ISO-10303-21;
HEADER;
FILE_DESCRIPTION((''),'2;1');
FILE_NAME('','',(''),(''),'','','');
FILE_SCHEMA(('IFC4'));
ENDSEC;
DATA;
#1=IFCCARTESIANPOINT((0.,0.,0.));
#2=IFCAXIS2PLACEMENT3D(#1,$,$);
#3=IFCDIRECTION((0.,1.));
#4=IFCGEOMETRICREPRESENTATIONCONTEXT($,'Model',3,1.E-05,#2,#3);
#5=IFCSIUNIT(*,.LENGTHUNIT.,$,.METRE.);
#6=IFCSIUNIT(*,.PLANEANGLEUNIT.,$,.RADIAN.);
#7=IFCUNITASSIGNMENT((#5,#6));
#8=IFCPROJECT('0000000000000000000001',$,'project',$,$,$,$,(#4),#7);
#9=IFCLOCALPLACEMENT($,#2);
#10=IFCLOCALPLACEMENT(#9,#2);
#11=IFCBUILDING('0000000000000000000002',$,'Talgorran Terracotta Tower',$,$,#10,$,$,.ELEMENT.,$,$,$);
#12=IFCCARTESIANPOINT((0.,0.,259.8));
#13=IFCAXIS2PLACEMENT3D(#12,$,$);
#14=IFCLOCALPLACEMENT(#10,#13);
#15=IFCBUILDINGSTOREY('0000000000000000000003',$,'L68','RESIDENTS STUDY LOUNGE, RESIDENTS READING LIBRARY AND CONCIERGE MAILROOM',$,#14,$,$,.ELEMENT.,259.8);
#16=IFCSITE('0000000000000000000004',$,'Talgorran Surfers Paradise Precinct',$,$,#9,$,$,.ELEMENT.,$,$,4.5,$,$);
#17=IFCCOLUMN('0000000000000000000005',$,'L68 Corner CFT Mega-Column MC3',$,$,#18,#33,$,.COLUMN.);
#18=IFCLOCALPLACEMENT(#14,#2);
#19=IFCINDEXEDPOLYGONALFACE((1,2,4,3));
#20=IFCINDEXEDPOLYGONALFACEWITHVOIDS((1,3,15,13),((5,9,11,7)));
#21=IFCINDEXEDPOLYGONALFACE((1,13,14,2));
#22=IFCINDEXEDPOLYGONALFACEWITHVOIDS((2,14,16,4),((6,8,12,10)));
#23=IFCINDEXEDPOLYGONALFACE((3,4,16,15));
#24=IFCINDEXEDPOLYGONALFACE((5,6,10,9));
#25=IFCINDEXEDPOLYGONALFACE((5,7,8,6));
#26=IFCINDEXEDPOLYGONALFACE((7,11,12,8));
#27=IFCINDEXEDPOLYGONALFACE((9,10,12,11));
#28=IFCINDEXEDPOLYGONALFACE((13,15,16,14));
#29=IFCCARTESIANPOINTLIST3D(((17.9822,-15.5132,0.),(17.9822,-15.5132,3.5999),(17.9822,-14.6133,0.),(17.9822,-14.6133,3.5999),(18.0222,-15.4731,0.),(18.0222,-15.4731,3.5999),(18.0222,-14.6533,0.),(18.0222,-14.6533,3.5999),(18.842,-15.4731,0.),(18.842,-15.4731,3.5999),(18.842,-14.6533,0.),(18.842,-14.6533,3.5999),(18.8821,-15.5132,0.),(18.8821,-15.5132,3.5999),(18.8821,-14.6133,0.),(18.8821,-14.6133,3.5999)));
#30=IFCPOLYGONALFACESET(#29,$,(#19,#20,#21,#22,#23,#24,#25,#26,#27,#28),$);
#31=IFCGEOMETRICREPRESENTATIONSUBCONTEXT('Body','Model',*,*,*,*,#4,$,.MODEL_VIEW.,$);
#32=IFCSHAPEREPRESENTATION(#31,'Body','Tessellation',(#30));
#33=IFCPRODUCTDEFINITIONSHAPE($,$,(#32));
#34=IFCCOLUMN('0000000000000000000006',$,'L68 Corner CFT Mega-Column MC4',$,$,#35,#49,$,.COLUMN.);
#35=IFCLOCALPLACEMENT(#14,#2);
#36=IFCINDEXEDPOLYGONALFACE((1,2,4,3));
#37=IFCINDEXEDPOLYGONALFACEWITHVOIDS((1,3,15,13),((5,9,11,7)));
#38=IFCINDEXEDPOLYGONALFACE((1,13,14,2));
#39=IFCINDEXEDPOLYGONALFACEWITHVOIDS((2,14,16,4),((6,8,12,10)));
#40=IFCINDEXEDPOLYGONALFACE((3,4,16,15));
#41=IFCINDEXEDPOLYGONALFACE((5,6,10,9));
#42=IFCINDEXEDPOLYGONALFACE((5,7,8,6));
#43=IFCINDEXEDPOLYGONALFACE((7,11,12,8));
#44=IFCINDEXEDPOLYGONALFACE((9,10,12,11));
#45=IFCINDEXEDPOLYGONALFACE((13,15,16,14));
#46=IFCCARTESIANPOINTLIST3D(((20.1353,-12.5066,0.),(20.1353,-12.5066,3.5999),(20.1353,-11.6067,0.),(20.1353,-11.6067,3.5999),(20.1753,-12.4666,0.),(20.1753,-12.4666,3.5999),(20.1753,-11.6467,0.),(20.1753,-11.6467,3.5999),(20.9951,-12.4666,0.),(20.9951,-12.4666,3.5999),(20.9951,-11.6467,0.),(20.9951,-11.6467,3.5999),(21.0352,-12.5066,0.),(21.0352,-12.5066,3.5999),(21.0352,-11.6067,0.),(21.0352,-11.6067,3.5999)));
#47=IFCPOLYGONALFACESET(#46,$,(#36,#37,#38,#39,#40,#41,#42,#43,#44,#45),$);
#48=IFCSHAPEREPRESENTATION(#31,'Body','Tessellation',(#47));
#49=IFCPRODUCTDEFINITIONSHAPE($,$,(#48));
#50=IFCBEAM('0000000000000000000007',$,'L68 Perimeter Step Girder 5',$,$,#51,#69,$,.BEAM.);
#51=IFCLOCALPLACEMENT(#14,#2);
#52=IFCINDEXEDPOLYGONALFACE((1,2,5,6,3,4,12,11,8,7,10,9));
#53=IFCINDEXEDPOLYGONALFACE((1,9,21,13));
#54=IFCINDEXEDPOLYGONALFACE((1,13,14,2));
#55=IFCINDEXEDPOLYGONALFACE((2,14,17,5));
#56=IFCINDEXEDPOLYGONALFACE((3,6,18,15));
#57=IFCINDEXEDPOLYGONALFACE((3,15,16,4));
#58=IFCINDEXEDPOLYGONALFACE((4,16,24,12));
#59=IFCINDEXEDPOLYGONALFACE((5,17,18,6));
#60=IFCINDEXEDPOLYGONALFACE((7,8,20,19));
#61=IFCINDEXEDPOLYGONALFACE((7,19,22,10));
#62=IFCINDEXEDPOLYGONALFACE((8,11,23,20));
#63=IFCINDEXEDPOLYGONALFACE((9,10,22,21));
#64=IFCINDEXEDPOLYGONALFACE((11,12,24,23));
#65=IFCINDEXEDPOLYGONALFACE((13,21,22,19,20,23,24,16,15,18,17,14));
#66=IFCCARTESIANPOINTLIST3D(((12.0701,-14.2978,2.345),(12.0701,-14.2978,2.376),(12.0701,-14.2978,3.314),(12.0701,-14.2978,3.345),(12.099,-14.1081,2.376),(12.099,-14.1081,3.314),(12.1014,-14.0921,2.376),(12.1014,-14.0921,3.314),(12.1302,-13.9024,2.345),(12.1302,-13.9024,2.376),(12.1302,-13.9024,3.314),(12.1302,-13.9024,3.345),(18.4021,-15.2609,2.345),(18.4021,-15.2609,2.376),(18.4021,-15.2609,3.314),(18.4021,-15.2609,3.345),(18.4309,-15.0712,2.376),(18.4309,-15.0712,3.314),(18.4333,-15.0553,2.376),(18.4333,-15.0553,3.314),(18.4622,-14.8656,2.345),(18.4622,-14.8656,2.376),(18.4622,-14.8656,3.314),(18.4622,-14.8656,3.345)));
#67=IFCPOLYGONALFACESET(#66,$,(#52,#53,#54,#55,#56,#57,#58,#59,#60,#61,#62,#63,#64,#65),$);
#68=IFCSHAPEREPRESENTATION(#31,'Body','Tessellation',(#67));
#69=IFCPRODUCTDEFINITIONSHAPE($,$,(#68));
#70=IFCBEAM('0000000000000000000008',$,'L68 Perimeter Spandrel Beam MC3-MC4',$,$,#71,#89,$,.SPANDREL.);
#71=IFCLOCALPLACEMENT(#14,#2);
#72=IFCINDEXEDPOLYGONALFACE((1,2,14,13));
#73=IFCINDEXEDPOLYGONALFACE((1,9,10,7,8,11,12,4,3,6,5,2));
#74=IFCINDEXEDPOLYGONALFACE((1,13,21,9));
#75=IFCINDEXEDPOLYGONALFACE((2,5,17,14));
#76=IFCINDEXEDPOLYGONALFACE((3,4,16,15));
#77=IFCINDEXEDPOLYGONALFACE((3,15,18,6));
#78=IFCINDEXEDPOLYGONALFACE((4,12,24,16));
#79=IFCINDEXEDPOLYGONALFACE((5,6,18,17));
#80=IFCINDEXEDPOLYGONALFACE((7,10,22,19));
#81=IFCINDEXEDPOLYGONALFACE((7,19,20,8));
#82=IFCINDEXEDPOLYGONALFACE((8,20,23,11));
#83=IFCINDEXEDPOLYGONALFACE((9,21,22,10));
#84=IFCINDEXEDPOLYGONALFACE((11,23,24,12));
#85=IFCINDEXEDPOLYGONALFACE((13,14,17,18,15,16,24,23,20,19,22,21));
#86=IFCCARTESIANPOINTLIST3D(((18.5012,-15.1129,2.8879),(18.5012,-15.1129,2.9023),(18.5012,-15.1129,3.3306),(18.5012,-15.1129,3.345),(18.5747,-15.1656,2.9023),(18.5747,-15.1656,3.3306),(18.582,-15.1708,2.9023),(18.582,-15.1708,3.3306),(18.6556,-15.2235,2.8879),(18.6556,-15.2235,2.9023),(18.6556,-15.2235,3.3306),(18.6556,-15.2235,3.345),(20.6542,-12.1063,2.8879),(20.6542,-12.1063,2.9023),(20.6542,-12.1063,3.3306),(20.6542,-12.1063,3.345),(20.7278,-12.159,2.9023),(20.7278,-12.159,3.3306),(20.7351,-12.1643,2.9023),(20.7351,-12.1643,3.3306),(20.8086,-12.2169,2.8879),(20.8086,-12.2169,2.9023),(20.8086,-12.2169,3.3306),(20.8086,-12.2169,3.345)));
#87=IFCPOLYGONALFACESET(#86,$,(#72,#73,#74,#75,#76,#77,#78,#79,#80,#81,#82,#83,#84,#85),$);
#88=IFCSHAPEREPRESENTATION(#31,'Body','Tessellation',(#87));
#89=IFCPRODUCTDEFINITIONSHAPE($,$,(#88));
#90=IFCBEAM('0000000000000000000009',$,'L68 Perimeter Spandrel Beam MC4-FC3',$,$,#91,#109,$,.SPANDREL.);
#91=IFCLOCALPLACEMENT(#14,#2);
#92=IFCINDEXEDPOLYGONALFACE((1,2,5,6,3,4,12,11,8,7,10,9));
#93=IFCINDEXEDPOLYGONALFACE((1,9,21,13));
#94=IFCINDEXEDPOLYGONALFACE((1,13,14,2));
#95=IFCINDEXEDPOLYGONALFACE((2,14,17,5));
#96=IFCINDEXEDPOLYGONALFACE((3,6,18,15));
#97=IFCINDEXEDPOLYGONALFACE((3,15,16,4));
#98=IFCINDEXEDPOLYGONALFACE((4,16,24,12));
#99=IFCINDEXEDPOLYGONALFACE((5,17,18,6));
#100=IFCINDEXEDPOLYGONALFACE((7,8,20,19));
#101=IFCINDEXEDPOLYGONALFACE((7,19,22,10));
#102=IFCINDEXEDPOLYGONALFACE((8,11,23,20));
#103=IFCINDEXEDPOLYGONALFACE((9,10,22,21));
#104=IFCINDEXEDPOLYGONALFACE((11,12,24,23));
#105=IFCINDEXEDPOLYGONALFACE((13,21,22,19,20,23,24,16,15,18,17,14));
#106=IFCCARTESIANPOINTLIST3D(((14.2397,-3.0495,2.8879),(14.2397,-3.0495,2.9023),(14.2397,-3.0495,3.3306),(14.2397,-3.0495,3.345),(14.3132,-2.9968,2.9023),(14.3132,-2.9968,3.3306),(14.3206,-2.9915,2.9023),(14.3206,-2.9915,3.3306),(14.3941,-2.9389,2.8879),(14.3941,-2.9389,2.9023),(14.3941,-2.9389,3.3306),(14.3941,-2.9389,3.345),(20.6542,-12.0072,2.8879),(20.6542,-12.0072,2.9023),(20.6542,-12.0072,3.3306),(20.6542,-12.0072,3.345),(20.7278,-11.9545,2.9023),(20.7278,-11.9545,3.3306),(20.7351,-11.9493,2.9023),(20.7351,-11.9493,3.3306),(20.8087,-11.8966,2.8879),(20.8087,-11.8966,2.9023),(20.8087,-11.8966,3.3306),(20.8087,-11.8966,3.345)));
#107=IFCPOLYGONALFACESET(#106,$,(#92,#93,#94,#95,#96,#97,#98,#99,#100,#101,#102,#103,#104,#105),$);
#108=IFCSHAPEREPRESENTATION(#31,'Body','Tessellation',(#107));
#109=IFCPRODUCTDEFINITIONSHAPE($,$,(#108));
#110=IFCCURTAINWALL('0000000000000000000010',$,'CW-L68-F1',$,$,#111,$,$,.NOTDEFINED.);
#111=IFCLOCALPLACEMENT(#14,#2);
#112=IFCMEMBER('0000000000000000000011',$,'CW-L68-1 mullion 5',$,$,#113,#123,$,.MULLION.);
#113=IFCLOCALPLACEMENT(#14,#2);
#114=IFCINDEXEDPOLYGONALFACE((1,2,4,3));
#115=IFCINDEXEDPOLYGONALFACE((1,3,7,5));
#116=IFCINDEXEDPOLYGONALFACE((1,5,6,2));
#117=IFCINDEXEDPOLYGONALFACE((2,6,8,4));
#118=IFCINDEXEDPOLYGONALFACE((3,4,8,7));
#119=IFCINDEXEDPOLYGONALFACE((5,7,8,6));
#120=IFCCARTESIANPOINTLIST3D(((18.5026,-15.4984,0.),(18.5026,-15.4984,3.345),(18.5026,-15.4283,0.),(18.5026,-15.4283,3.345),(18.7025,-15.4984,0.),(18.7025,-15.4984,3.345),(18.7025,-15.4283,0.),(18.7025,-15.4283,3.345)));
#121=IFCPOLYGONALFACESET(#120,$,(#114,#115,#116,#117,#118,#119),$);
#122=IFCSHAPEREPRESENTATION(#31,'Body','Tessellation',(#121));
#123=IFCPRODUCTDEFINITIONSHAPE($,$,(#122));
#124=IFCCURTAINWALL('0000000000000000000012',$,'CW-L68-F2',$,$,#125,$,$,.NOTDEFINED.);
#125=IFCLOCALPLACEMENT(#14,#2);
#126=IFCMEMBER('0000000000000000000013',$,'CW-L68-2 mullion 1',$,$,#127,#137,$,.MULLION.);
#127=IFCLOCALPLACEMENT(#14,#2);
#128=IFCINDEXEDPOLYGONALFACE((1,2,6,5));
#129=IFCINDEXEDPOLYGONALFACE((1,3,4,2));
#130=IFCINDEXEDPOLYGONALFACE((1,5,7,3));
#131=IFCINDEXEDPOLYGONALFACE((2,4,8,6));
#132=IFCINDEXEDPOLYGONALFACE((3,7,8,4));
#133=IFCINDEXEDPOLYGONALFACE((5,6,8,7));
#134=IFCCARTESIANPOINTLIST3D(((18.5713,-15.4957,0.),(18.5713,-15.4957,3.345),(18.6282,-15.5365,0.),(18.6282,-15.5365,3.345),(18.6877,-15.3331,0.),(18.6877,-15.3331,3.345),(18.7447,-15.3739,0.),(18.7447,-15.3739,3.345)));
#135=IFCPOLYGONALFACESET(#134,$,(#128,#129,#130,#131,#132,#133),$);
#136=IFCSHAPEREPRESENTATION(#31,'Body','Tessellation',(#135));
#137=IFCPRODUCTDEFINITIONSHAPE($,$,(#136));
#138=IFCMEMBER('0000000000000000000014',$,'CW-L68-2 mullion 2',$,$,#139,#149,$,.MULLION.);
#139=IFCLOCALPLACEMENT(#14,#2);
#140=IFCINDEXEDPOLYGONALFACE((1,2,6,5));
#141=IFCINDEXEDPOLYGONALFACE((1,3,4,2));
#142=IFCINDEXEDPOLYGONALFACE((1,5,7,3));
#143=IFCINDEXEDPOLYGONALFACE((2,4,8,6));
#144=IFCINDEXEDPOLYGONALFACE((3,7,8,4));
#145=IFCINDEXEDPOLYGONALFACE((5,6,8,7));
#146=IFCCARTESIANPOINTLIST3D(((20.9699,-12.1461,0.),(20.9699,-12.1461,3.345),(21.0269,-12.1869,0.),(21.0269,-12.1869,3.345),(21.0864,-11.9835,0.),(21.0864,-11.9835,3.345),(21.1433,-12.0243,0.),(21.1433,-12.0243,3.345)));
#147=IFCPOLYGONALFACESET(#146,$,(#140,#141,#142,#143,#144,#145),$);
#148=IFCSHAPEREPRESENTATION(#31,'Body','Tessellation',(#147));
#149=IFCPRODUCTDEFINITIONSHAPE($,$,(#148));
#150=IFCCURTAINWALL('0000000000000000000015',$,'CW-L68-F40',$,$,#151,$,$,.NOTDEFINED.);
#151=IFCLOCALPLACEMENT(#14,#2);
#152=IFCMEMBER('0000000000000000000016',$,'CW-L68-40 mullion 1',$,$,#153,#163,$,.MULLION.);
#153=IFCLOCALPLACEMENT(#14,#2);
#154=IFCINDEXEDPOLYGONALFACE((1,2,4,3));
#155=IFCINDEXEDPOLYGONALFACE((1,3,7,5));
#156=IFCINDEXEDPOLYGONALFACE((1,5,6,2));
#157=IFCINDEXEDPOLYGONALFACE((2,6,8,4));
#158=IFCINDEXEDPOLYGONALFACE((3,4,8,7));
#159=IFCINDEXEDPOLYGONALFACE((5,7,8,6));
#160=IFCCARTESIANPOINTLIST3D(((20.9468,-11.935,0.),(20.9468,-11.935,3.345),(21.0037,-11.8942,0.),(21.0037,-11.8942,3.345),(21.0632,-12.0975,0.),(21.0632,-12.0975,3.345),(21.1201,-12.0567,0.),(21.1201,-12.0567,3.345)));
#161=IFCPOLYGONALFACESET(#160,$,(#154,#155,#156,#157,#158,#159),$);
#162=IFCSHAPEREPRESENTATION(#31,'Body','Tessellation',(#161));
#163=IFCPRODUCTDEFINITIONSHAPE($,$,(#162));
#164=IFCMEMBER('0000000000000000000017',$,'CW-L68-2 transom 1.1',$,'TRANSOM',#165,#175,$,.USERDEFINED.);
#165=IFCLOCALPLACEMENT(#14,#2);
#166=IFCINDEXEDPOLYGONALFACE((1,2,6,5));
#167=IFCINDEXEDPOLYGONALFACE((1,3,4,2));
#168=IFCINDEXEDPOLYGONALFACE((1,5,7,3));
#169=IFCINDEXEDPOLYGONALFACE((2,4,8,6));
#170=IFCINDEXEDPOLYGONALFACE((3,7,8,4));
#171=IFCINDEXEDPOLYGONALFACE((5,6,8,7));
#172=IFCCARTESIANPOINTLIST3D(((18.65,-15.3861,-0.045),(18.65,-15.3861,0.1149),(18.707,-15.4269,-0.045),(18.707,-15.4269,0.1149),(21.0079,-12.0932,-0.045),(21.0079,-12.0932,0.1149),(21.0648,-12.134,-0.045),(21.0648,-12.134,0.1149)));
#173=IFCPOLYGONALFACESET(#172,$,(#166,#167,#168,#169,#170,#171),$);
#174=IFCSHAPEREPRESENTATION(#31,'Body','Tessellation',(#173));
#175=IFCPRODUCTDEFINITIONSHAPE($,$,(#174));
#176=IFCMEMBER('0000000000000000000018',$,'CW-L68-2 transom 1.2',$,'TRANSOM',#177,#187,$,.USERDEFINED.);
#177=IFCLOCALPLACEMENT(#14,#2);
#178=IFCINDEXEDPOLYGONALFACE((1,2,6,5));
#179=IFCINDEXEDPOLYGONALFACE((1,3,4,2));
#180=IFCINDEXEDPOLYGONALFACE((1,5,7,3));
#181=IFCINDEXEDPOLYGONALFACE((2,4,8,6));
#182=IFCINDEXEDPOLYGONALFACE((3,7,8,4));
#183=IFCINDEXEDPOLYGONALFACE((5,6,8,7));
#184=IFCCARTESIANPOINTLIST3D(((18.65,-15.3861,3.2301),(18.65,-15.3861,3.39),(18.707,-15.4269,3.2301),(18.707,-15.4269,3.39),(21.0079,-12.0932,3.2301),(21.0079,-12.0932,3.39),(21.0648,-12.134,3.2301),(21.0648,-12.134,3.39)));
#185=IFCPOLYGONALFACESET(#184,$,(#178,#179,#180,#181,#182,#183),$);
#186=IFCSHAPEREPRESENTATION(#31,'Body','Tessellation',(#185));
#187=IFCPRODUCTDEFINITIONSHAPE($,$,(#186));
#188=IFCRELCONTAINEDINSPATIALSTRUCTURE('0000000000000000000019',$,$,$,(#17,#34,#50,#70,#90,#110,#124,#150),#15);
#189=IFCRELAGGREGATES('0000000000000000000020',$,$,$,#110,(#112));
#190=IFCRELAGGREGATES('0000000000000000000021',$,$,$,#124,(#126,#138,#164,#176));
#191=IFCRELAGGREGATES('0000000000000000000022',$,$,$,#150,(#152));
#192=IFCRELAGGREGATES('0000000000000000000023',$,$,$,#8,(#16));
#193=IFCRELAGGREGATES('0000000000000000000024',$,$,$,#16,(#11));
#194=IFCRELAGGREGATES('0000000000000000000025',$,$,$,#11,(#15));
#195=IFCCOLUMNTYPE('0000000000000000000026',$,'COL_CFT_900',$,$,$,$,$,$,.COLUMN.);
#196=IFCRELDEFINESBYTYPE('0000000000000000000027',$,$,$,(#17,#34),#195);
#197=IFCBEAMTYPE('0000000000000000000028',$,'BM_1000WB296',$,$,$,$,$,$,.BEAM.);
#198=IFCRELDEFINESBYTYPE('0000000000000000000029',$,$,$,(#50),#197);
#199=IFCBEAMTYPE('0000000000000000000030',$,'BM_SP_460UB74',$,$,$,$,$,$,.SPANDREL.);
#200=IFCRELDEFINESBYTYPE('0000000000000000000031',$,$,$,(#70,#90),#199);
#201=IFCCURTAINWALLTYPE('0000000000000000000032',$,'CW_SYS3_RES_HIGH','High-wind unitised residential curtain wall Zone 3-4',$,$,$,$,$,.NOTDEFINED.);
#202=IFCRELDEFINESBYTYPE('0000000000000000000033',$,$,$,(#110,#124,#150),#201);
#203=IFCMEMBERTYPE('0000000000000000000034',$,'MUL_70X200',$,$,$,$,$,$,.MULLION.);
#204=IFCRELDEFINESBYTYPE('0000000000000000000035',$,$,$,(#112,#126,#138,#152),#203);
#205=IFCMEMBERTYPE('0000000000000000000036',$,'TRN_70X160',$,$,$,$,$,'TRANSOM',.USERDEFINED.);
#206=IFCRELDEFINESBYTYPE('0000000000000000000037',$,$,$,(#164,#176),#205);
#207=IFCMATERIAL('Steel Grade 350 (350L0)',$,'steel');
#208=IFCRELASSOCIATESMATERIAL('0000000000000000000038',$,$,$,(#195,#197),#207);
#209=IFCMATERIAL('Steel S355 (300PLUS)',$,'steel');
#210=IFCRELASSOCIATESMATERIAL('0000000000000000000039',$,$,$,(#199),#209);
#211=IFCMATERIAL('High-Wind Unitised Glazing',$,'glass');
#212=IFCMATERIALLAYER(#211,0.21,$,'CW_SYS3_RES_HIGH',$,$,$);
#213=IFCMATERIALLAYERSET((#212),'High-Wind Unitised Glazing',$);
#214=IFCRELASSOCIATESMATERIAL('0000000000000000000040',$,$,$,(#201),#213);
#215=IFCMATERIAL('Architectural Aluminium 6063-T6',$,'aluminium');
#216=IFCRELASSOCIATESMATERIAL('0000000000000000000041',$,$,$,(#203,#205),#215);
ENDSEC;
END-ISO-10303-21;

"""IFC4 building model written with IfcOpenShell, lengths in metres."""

from ifc_helpers import new_model, si_unit, direction, frame, origin, origin_2d, place, context, subcontext, project, spatial, rectangle, hollow_rectangle, i_section, extrude, material, layer, layer_set, material_profile, profile_set, type_object, element, aggregate, save


model = new_model("IFC4")

# Units and contexts
model_context = context("Model", 3, precision=1e-05, world=origin(), true_north=direction((0.0, 1.0)))
body_context = subcontext(model_context, "Body", "Model", "MODEL_VIEW")
ifc_project = project(units=[si_unit("LENGTHUNIT", "METRE"), si_unit("PLANEANGLEUNIT", "RADIAN")], contexts=[model_context])

# Site, building, storey
site_placement = place(None, origin())
site = spatial("IfcSite", under=ifc_project, at=site_placement, Name="Talgorran Surfers Paradise Precinct", CompositionType="ELEMENT", RefElevation=4.5)
building_placement = place(site_placement, origin())
building = spatial("IfcBuilding", under=site, at=building_placement, Name="Talgorran Terracotta Tower", CompositionType="ELEMENT")
storey_placement = place(building_placement, frame((0.0, 0.0, 259.8)))
storey = spatial("IfcBuildingStorey", under=building, at=storey_placement, Name="L68", Description="RESIDENTS STUDY LOUNGE, RESIDENTS READING LIBRARY AND CONCIERGE MAILROOM", CompositionType="ELEMENT", Elevation=259.8)

# Columns
ifc_material_1 = material(Name="Steel Grade 350 (350L0)", Category="steel")
ifc_material_profile_1 = material_profile(ifc_material_1, hollow_rectangle(XDim=0.8999, YDim=0.8999, WallThickness=0.04, at=origin_2d()), Name="CFT900X900X40")
ifc_profile_set_1 = profile_set([ifc_material_profile_1], Name="Steel Grade 350 (350L0)")
column_type = type_object("IfcColumnType", Name="COL_CFT_900", PredefinedType="COLUMN", material=ifc_profile_set_1)
for number, where, z_axis, x_axis, name in (
    (1, (18.4321, -15.0632, 0.0), (0.0, 0.0, 1.0), (1.0, 0.0, 0.0), "L68 Corner CFT Mega-Column MC3"),
    (2, (20.5852, -12.0566, 0.0), (0.0, 0.0, 1.0), (1.0, 0.0, 0.0), "L68 Corner CFT Mega-Column MC4"),
):
    element("IfcColumn", number, at=place(storey_placement, frame(where, z_axis=z_axis, x_axis=x_axis)), inside=storey, type_object=column_type, Name=name, PredefinedType="COLUMN", context=body_context, shape_type="SweptSolid", body=[
        extrude(hollow_rectangle(XDim=0.8999, YDim=0.8999, WallThickness=0.04, at=origin_2d()), origin(), (0.0, 0.0, 1.0), 3.5999),
    ])

# Beams
ifc_material_profile_2 = material_profile(ifc_material_1, i_section(OverallWidth=0.3999, OverallDepth=1.0, WebThickness=0.0161, FlangeThickness=0.031, at=origin_2d()), Name="1000WB296")
ifc_profile_set_2 = profile_set([ifc_material_profile_2], Name="Steel Grade 350 (350L0)")
beam_type_1 = type_object("IfcBeamType", Name="BM_1000WB296", PredefinedType="BEAM", material=ifc_profile_set_2)
beam_1_placement = place(storey_placement, frame((18.4321, -15.0632, 2.845), z_axis=(-0.988629, 0.150376, 0.0), x_axis=(-0.150376, -0.988629, 0.0)))
element("IfcBeam", 3, at=beam_1_placement, inside=storey, type_object=beam_type_1, Name="L68 Perimeter Step Girder 5", PredefinedType="BEAM", context=body_context, shape_type="SweptSolid", body=[
    extrude(i_section(OverallWidth=0.3999, OverallDepth=1.0, WebThickness=0.0161, FlangeThickness=0.031, at=origin_2d()), origin(), (0.0, 0.0, 1.0), 6.4048),
])
ifc_material_2 = material(Name="Steel S355 (300PLUS)", Category="steel")
ifc_material_profile_3 = material_profile(ifc_material_2, i_section(OverallWidth=0.1899, OverallDepth=0.457, WebThickness=0.009, FlangeThickness=0.0144, at=origin_2d()), Name="460UB74.6")
ifc_profile_set_3 = profile_set([ifc_material_profile_3], Name="Steel S355 (300PLUS)")
beam_type_2 = type_object("IfcBeamType", Name="BM_SP_460UB74", PredefinedType="SPANDREL", material=ifc_profile_set_3)
beam_2_placement = place(storey_placement, frame((18.5784, -15.1682, 3.1165), z_axis=(0.582224, 0.813028, 0.0), x_axis=(-0.813028, 0.582224, 0.0)))
element("IfcBeam", 4, at=beam_2_placement, inside=storey, type_object=beam_type_2, Name="L68 Perimeter Spandrel Beam MC3-MC4", PredefinedType="SPANDREL", context=body_context, shape_type="SweptSolid", body=[
    extrude(i_section(OverallWidth=0.1899, OverallDepth=0.457, WebThickness=0.009, FlangeThickness=0.0144, at=origin_2d()), origin(), (0.0, 0.0, 1.0), 3.698),
])
beam_3_placement = place(storey_placement, frame((20.7314, -11.9519, 3.1165), z_axis=(-0.582208, 0.81304, 0.0), x_axis=(-0.81304, -0.582208, 0.0)))
element("IfcBeam", 5, at=beam_3_placement, inside=storey, type_object=beam_type_2, Name="L68 Perimeter Spandrel Beam MC4-FC3", PredefinedType="SPANDREL", context=body_context, shape_type="SweptSolid", body=[
    extrude(i_section(OverallWidth=0.1899, OverallDepth=0.457, WebThickness=0.009, FlangeThickness=0.0144, at=origin_2d()), origin(), (0.0, 0.0, 1.0), 11.0176),
])

# Curtain wall, member
ifc_material_3 = material(Name="High-Wind Unitised Glazing", Category="glass")
ifc_layer_1 = layer(ifc_material_3, 0.21, Name="CW_SYS3_RES_HIGH")
ifc_layer_set_1 = layer_set([ifc_layer_1], Name="High-Wind Unitised Glazing")
curtain_wall_type = type_object("IfcCurtainWallType", Name="CW_SYS3_RES_HIGH", Description="High-wind unitised residential curtain wall Zone 3-4", PredefinedType="NOTDEFINED", material=ifc_layer_set_1)
curtain_wall_1_placement = place(storey_placement, origin())
curtain_wall_1 = element("IfcCurtainWall", 6, at=curtain_wall_1_placement, inside=storey, type_object=curtain_wall_type, Name="CW-L68-F1", PredefinedType="NOTDEFINED")
ifc_material_4 = material(Name="Architectural Aluminium 6063-T6", Category="aluminium")
ifc_material_profile_4 = material_profile(ifc_material_4, rectangle(XDim=0.0701, YDim=0.2, at=origin_2d()), Name="CWM70X200")
ifc_profile_set_4 = profile_set([ifc_material_profile_4], Name="Architectural Aluminium 6063-T6")
member_type_1 = type_object("IfcMemberType", Name="MUL_70X200", PredefinedType="MULLION", material=ifc_profile_set_4)
member_1_placement = place(storey_placement, frame((18.6025, -15.4634, 0.0), z_axis=(0.0, 0.0, 1.0), x_axis=(0.0, 1.0, 0.0)))
member_1 = element("IfcMember", 7, at=member_1_placement, type_object=member_type_1, Name="CW-L68-1 mullion 5", PredefinedType="MULLION", context=body_context, shape_type="SweptSolid", body=[
    extrude(rectangle(XDim=0.0701, YDim=0.2, at=origin_2d()), origin(), (0.0, 0.0, 1.0), 3.345),
])
aggregate(curtain_wall_1, [member_1])

# Curtain wall, members
curtain_wall_2_placement = place(storey_placement, origin())
curtain_wall_2 = element("IfcCurtainWall", 8, at=curtain_wall_2_placement, inside=storey, type_object=curtain_wall_type, Name="CW-L68-F2", PredefinedType="NOTDEFINED")
member_2_placement = place(storey_placement, frame((18.658, -15.4348, 0.0), z_axis=(0.0, 0.0, 1.0), x_axis=(-0.813031, 0.58222, 0.0)))
member_2 = element("IfcMember", 9, at=member_2_placement, type_object=member_type_1, Name="CW-L68-2 mullion 1", PredefinedType="MULLION", context=body_context, shape_type="SweptSolid", body=[
    extrude(rectangle(XDim=0.0701, YDim=0.2, at=origin_2d()), origin(), (0.0, 0.0, 1.0), 3.345),
])
member_3_placement = place(storey_placement, frame((21.0566, -12.0852, 0.0), z_axis=(0.0, 0.0, 1.0), x_axis=(-0.813031, 0.58222, 0.0)))
member_3 = element("IfcMember", 10, at=member_3_placement, type_object=member_type_1, Name="CW-L68-2 mullion 2", PredefinedType="MULLION", context=body_context, shape_type="SweptSolid", body=[
    extrude(rectangle(XDim=0.0701, YDim=0.2, at=origin_2d()), origin(), (0.0, 0.0, 1.0), 3.345),
])

# Curtain wall, member
curtain_wall_3_placement = place(storey_placement, origin())
curtain_wall_3 = element("IfcCurtainWall", 11, at=curtain_wall_3_placement, inside=storey, type_object=curtain_wall_type, Name="CW-L68-F40", PredefinedType="NOTDEFINED")
member_4_placement = place(storey_placement, frame((21.0334, -11.9958, 0.0), z_axis=(0.0, 0.0, 1.0), x_axis=(-0.813042, -0.582204, 0.0)))
member_4 = element("IfcMember", 12, at=member_4_placement, type_object=member_type_1, Name="CW-L68-40 mullion 1", PredefinedType="MULLION", context=body_context, shape_type="SweptSolid", body=[
    extrude(rectangle(XDim=0.0701, YDim=0.2, at=origin_2d()), origin(), (0.0, 0.0, 1.0), 3.345),
])

# Members
ifc_material_profile_5 = material_profile(ifc_material_4, rectangle(XDim=0.0701, YDim=0.1599, at=origin_2d()), Name="CWT70X160")
ifc_profile_set_5 = profile_set([ifc_material_profile_5], Name="Architectural Aluminium 6063-T6")
member_type_2 = type_object("IfcMemberType", Name="TRN_70X160", ElementType="TRANSOM", PredefinedType="USERDEFINED", material=ifc_profile_set_5)
member_5_placement = place(storey_placement, frame((18.6785, -15.4065, 0.0349), z_axis=(0.582184, 0.813057, 0.0), x_axis=(-0.813057, 0.582184, 0.0)))
member_5 = element("IfcMember", 13, at=member_5_placement, type_object=member_type_2, Name="CW-L68-2 transom 1.1", ObjectType="TRANSOM", PredefinedType="USERDEFINED", context=body_context, shape_type="SweptSolid", body=[
    extrude(rectangle(XDim=0.0701, YDim=0.1599, at=origin_2d()), origin(), (0.0, 0.0, 1.0), 4.05),
])
member_6_placement = place(storey_placement, frame((18.6785, -15.4065, 3.3101), z_axis=(0.582184, 0.813057, 0.0), x_axis=(-0.813057, 0.582184, 0.0)))
member_6 = element("IfcMember", 14, at=member_6_placement, type_object=member_type_2, Name="CW-L68-2 transom 1.2", ObjectType="TRANSOM", PredefinedType="USERDEFINED", context=body_context, shape_type="SweptSolid", body=[
    extrude(rectangle(XDim=0.0701, YDim=0.1599, at=origin_2d()), origin(), (0.0, 0.0, 1.0), 4.05),
])

aggregate(curtain_wall_2, [member_2, member_3, member_5, member_6])
aggregate(curtain_wall_3, [member_4])

save(model, "model.ifc")
